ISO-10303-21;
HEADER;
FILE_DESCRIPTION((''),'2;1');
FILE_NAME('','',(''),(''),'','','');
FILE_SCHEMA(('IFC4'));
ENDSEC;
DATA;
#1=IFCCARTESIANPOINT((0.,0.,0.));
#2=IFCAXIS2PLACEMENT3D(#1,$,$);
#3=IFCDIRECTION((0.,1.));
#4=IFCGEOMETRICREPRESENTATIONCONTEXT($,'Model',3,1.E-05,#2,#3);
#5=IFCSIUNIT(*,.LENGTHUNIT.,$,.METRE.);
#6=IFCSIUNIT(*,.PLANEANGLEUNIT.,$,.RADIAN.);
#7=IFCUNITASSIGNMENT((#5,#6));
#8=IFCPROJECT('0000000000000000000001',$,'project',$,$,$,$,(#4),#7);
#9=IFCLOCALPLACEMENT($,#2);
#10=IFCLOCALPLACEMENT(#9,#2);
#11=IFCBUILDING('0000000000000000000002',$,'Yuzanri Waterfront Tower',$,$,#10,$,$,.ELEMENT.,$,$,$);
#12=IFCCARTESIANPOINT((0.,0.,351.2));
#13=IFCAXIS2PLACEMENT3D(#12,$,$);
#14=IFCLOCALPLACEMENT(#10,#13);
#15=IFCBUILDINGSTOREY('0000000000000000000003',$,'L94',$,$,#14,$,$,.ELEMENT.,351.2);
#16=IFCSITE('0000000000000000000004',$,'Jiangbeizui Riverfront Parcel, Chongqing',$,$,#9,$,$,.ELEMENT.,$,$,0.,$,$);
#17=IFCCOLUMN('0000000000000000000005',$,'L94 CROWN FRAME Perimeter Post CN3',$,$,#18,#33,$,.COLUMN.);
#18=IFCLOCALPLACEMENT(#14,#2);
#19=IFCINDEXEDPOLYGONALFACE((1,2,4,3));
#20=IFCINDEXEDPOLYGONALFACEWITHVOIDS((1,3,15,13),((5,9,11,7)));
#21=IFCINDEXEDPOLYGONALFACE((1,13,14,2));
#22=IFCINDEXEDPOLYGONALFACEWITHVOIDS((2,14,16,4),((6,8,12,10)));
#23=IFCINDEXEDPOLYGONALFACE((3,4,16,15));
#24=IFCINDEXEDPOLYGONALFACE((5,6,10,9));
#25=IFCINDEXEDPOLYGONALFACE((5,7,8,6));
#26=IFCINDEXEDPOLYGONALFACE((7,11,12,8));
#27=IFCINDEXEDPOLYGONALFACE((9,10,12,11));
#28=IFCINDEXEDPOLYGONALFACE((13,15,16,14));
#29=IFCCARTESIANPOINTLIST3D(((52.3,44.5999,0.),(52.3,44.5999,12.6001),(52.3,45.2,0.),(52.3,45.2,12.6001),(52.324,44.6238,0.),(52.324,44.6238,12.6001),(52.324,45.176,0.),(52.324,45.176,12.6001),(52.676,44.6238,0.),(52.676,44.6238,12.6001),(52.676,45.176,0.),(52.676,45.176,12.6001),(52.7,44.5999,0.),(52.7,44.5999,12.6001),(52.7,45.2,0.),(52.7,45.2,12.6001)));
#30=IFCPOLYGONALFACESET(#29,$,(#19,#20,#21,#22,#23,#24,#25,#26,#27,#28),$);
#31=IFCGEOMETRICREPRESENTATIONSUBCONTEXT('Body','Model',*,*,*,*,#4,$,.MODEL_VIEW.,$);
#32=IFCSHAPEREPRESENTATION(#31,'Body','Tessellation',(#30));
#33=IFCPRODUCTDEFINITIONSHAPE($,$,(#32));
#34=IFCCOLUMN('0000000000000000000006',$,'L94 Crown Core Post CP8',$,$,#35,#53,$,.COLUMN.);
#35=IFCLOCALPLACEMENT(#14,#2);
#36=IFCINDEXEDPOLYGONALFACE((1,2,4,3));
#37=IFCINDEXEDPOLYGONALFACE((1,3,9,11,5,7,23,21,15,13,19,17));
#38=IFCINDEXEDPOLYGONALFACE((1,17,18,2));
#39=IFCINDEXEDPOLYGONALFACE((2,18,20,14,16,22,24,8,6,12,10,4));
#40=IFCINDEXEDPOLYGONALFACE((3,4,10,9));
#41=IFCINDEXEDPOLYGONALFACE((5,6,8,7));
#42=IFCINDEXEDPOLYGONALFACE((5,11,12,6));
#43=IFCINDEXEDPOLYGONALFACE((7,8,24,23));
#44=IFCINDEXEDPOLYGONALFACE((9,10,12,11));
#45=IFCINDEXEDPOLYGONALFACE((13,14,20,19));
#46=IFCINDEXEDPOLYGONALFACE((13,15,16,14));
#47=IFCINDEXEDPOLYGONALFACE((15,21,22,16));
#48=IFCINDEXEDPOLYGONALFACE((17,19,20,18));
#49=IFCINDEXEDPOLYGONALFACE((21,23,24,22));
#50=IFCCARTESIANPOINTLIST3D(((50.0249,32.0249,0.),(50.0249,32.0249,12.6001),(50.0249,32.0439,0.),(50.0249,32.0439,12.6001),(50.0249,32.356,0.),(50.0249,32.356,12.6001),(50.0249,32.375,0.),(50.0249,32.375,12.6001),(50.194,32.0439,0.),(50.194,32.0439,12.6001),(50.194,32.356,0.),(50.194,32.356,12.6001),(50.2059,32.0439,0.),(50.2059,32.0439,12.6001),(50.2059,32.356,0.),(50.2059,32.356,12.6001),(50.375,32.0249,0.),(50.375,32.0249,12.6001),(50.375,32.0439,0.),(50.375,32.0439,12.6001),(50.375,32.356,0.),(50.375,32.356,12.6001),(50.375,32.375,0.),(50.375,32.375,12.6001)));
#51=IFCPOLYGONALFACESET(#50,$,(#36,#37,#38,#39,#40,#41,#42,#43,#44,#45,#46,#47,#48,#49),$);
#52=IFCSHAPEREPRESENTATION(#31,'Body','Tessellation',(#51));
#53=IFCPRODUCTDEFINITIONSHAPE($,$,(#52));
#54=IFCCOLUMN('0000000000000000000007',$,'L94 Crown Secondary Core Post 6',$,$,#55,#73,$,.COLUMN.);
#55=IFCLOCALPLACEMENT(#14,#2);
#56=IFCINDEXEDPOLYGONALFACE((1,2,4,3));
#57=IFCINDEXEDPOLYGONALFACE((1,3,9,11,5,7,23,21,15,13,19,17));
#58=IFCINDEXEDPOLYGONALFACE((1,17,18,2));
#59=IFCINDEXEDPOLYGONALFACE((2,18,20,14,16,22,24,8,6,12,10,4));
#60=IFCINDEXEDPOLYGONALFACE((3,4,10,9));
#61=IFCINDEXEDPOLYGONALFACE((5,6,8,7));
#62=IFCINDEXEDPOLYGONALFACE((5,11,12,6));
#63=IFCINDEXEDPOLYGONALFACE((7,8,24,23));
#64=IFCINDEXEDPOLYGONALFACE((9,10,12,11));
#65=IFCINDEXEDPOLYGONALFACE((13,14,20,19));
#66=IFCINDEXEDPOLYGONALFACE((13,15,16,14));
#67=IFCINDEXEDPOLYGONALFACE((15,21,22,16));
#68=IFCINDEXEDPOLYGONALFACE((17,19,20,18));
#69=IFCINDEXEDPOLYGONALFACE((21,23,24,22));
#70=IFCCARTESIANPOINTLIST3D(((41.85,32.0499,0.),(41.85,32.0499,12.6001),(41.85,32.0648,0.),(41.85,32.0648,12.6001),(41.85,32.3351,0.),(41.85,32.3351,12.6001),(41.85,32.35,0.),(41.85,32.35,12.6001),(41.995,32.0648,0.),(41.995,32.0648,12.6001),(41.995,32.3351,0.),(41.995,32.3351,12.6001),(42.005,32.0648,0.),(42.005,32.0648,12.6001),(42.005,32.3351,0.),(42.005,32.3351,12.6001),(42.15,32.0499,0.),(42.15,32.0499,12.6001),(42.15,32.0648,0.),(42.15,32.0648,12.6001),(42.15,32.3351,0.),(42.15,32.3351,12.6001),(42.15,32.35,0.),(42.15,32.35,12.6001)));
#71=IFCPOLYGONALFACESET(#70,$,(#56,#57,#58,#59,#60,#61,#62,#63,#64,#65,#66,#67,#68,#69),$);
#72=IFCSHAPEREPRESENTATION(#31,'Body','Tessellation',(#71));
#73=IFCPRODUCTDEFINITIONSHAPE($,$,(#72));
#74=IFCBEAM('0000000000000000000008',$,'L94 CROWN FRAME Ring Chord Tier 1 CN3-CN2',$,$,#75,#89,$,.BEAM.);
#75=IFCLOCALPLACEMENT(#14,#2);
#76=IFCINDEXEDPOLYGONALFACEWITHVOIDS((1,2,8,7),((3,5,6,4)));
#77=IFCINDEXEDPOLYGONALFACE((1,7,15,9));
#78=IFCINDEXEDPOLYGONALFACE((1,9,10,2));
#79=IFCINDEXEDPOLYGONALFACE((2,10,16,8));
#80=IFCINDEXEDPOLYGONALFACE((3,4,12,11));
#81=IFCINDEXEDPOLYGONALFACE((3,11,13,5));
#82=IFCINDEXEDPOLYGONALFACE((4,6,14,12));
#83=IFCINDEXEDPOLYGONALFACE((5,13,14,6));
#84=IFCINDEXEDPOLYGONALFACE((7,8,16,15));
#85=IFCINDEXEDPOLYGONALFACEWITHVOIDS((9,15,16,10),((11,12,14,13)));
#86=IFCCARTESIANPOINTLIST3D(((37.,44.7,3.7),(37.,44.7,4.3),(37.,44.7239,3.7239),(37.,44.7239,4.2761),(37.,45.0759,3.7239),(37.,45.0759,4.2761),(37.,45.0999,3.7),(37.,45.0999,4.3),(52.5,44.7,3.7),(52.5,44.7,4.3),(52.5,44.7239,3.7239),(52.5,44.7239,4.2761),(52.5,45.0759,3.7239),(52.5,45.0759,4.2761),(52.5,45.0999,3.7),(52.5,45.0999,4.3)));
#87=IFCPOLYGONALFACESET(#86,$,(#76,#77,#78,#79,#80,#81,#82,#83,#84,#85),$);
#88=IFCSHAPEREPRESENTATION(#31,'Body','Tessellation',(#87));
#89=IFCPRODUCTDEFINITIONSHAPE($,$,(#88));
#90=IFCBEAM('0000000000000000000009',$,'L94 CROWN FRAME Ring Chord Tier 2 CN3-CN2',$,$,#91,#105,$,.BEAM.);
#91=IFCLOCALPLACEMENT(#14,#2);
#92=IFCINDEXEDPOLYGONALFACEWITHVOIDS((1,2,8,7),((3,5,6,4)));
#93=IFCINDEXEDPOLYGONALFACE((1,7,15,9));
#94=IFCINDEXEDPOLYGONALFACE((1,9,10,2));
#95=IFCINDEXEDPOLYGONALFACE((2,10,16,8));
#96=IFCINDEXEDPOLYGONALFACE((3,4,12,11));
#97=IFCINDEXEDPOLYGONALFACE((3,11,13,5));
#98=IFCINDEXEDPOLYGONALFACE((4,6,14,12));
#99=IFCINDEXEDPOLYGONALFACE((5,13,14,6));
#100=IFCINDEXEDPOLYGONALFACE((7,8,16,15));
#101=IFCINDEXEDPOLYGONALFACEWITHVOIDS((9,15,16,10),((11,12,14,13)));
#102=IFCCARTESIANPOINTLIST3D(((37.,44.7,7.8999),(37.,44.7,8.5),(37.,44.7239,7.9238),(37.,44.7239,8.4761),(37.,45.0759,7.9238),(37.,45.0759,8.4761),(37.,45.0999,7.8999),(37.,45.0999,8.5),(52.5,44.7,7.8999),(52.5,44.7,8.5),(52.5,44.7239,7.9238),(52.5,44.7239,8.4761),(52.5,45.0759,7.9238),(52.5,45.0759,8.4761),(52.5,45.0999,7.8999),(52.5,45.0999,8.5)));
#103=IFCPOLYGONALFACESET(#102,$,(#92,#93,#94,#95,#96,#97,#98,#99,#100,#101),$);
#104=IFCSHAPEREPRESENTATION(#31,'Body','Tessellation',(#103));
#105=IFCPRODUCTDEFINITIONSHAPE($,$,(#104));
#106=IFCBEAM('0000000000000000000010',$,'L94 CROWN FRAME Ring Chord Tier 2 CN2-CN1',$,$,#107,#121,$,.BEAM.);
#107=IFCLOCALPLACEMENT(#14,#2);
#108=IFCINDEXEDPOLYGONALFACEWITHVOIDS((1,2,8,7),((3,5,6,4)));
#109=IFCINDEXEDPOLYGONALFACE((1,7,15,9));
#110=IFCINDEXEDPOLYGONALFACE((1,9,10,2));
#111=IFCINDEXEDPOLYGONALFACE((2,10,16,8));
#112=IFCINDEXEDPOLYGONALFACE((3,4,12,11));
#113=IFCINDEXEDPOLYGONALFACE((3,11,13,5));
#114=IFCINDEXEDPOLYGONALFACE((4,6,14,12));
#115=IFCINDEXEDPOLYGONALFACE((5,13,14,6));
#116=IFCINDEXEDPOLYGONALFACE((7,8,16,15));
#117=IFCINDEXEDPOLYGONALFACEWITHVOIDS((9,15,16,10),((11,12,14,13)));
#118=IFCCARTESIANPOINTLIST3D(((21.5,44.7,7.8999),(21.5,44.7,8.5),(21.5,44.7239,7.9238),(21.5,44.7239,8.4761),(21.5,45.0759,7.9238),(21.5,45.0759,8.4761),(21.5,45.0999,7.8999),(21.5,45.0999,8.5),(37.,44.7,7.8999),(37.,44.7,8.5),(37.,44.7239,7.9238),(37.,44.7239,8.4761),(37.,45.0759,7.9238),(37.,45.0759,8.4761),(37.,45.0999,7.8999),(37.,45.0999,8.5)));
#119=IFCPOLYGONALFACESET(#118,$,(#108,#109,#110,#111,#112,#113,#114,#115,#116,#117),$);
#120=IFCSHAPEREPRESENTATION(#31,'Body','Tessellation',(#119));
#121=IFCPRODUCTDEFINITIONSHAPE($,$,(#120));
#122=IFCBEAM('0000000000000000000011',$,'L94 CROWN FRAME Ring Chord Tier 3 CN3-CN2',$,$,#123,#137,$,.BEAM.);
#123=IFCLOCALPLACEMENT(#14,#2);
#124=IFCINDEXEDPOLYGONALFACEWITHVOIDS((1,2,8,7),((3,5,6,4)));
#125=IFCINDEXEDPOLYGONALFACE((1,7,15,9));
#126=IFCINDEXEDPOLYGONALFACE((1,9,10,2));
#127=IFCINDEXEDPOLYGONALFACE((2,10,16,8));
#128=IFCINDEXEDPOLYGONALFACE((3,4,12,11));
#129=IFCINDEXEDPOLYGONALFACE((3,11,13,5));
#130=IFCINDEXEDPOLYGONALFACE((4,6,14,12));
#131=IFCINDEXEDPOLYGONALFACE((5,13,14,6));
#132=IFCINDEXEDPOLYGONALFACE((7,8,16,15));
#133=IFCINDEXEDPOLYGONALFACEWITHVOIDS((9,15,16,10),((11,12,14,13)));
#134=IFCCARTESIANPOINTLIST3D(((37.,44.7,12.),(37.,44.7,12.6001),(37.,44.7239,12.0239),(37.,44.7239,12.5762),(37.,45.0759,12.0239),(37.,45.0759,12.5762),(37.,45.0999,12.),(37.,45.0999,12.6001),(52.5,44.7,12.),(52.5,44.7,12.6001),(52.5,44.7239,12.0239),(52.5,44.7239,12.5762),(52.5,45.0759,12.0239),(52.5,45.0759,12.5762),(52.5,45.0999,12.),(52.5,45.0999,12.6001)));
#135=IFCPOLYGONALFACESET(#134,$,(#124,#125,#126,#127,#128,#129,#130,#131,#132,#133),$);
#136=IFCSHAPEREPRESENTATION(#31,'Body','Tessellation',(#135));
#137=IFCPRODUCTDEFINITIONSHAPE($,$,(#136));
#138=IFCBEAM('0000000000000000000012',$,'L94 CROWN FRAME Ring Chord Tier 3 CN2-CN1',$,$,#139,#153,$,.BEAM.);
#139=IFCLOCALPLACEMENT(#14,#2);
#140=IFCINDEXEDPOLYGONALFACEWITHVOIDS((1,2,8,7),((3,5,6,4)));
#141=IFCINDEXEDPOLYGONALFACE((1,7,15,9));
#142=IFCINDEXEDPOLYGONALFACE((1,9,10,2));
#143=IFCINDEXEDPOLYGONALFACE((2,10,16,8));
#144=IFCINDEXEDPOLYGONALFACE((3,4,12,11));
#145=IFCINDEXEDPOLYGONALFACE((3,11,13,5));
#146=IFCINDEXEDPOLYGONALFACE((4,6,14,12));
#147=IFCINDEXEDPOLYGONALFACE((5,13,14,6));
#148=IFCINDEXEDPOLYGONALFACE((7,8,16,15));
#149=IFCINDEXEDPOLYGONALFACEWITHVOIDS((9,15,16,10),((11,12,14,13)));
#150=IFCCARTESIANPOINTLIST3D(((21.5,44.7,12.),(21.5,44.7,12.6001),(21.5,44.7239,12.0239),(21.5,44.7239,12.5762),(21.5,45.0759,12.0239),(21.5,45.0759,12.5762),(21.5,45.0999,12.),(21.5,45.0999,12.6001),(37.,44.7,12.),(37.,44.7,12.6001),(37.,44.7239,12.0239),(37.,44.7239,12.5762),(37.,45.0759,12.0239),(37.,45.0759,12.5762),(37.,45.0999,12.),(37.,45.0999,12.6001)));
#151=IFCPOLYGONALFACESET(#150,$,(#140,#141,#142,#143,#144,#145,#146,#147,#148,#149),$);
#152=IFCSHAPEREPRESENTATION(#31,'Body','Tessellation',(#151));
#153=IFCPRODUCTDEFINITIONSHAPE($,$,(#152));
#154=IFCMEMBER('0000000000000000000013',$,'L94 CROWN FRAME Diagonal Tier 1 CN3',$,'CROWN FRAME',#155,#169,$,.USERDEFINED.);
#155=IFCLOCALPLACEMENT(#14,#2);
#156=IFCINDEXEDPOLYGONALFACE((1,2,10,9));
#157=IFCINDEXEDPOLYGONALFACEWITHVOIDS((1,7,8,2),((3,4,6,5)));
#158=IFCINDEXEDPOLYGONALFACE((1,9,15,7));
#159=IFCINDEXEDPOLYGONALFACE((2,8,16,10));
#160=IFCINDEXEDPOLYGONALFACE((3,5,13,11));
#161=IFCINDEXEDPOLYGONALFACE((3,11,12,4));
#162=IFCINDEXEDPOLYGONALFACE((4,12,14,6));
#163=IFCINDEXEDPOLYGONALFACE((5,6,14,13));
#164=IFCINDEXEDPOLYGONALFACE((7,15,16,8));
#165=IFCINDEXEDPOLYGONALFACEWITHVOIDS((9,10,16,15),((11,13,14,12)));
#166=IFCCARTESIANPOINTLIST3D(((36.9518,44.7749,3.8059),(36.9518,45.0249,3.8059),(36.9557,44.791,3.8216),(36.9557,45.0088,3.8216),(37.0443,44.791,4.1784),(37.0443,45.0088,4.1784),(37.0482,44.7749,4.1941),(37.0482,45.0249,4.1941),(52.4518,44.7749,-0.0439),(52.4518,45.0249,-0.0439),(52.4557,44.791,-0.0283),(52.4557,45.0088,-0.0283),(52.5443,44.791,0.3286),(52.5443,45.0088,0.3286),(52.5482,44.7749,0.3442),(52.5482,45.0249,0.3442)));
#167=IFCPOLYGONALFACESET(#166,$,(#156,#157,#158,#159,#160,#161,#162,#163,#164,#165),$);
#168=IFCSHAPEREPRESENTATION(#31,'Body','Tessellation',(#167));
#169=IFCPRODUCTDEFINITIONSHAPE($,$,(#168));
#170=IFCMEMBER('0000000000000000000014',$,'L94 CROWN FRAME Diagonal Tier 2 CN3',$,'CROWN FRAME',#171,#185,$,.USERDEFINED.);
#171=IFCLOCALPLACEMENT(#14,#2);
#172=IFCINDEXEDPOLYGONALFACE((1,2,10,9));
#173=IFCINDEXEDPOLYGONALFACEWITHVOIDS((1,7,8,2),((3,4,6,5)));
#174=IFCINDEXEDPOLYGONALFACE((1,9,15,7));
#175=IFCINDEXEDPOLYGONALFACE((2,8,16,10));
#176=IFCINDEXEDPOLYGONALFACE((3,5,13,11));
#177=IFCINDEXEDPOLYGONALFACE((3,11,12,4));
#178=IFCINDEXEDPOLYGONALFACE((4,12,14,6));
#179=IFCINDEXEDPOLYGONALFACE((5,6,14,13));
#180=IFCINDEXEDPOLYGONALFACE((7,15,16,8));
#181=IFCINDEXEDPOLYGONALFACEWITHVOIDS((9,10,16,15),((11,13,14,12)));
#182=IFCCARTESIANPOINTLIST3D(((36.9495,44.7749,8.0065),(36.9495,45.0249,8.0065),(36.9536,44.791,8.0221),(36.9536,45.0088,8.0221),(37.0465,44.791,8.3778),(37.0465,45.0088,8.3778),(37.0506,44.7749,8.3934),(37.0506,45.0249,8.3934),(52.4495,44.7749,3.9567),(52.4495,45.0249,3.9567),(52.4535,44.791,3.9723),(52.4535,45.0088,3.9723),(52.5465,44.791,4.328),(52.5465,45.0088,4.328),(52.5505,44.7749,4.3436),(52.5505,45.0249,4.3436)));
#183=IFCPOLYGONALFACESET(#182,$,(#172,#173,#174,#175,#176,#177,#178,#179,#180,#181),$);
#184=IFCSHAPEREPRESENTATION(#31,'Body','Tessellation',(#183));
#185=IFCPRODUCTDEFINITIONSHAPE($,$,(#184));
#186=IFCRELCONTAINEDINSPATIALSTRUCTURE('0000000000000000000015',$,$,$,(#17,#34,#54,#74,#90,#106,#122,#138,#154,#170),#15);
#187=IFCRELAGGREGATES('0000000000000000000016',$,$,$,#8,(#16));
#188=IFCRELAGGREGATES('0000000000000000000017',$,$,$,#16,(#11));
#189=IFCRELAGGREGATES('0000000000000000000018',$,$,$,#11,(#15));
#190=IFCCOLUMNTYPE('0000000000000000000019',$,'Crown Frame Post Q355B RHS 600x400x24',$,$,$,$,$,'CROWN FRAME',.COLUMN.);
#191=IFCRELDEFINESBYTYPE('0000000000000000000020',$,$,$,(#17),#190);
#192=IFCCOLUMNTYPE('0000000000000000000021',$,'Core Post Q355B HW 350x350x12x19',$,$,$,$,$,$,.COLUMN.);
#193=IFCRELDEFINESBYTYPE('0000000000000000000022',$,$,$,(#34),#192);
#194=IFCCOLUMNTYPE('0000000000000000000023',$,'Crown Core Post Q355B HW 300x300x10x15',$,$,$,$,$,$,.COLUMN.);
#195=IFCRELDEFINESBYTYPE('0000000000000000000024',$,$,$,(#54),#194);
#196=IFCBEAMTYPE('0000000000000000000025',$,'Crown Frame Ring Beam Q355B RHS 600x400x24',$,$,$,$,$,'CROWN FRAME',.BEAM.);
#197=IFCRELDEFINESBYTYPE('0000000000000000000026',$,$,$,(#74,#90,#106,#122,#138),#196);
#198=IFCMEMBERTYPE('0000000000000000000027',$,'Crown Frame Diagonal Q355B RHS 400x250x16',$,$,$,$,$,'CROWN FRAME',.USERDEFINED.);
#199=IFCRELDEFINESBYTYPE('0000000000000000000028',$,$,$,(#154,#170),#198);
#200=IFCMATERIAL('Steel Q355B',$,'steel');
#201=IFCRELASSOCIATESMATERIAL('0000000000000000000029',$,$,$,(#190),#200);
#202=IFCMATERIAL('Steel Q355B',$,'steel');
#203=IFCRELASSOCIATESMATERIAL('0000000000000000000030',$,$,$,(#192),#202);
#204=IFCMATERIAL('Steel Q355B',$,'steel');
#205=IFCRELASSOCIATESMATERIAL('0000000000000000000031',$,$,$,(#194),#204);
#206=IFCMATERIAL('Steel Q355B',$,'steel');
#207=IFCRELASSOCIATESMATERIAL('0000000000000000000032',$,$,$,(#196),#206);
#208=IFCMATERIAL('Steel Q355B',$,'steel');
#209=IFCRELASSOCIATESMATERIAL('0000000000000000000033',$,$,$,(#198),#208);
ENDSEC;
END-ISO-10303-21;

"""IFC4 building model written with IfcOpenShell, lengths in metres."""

from ifc_helpers import new_model, si_unit, direction, frame, origin, origin_2d, place, context, subcontext, project, spatial, hollow_rectangle, i_section, extrude, source, transform, mapped, material, material_profile, profile_set, type_object, element, save


model = new_model("IFC4")

# Units and contexts
model_context = context("Model", 3, precision=1e-05, world=origin(), true_north=direction((0.0, 1.0)))
body_context = subcontext(model_context, "Body", "Model", "MODEL_VIEW")
ifc_project = project(units=[si_unit("LENGTHUNIT", "METRE"), si_unit("PLANEANGLEUNIT", "RADIAN")], contexts=[model_context])

# Site, building, storey
site_placement = place(None, origin())
site = spatial("IfcSite", under=ifc_project, at=site_placement, Name="Jiangbeizui Riverfront Parcel, Chongqing", CompositionType="ELEMENT", RefElevation=0.0)
building_placement = place(site_placement, origin())
building = spatial("IfcBuilding", under=site, at=building_placement, Name="Yuzanri Waterfront Tower", CompositionType="ELEMENT")
storey_placement = place(building_placement, frame((0.0, 0.0, 351.2)))
storey = spatial("IfcBuildingStorey", under=building, at=storey_placement, Name="L94", CompositionType="ELEMENT", Elevation=351.2)

# Columns
ifc_material_1 = material(Name="Steel Q355B", Category="steel")
ifc_material_profile_1 = material_profile(ifc_material_1, hollow_rectangle(XDim=0.3999, YDim=0.6001, WallThickness=0.0239, at=origin_2d()), Name="RHS 600x400x24")
ifc_profile_set_1 = profile_set([ifc_material_profile_1], Name="Steel Q355B")
column_type_1 = type_object("IfcColumnType", Name="Crown Frame Post Q355B RHS 600x400x24", ElementType="CROWN FRAME", PredefinedType="COLUMN", material=ifc_profile_set_1)
shared_shape_1 = source(origin(), body_context, "Body", "SweptSolid", [
    extrude(hollow_rectangle(XDim=0.3999, YDim=0.6001, WallThickness=0.0239, at=origin_2d()), origin(), (0.0, 0.0, 1.0), 12.6001),
])
column_1_placement = place(storey_placement, frame((52.5, 44.8999, 0.0), z_axis=(0.0, 0.0, 1.0), x_axis=(1.0, 0.0, 0.0)))
element("IfcColumn", 1, at=column_1_placement, inside=storey, type_object=column_type_1, Name="L94 CROWN FRAME Perimeter Post CN3", PredefinedType="COLUMN", context=body_context, shape_type="MappedRepresentation", body=[
    mapped(shared_shape_1, transform((0.0, 0.0, 0.0), scale=1.0)),
])
ifc_material_2 = material(Name="Steel Q355B", Category="steel")
ifc_material_profile_2 = material_profile(ifc_material_2, i_section(OverallWidth=0.3501, OverallDepth=0.3501, WebThickness=0.012, FlangeThickness=0.019, at=origin_2d()), Name="HW 350x350x12x19")
ifc_profile_set_2 = profile_set([ifc_material_profile_2], Name="Steel Q355B")
column_type_2 = type_object("IfcColumnType", Name="Core Post Q355B HW 350x350x12x19", PredefinedType="COLUMN", material=ifc_profile_set_2)
shared_shape_2 = source(origin(), body_context, "Body", "SweptSolid", [
    extrude(i_section(OverallWidth=0.3501, OverallDepth=0.3501, WebThickness=0.012, FlangeThickness=0.019, at=origin_2d()), origin(), (0.0, 0.0, 1.0), 12.6001),
])
column_2_placement = place(storey_placement, frame((50.2, 32.2, 0.0), z_axis=(0.0, 0.0, 1.0), x_axis=(1.0, 0.0, 0.0)))
element("IfcColumn", 2, at=column_2_placement, inside=storey, type_object=column_type_2, Name="L94 Crown Core Post CP8", PredefinedType="COLUMN", context=body_context, shape_type="MappedRepresentation", body=[
    mapped(shared_shape_2, transform((0.0, 0.0, 0.0), scale=1.0)),
])
ifc_material_3 = material(Name="Steel Q355B", Category="steel")
ifc_material_profile_3 = material_profile(ifc_material_3, i_section(OverallWidth=0.3, OverallDepth=0.3, WebThickness=0.01, FlangeThickness=0.0149, at=origin_2d()), Name="HW 300x300x10x15")
ifc_profile_set_3 = profile_set([ifc_material_profile_3], Name="Steel Q355B")
column_type_3 = type_object("IfcColumnType", Name="Crown Core Post Q355B HW 300x300x10x15", PredefinedType="COLUMN", material=ifc_profile_set_3)
shared_shape_3 = source(origin(), body_context, "Body", "SweptSolid", [
    extrude(i_section(OverallWidth=0.3, OverallDepth=0.3, WebThickness=0.01, FlangeThickness=0.0149, at=origin_2d()), origin(), (0.0, 0.0, 1.0), 12.6001),
])
column_3_placement = place(storey_placement, frame((42.0, 32.2, 0.0), z_axis=(0.0, 0.0, 1.0), x_axis=(1.0, 0.0, 0.0)))
element("IfcColumn", 3, at=column_3_placement, inside=storey, type_object=column_type_3, Name="L94 Crown Secondary Core Post 6", PredefinedType="COLUMN", context=body_context, shape_type="MappedRepresentation", body=[
    mapped(shared_shape_3, transform((0.0, 0.0, 0.0), scale=1.0)),
])

# Beams
ifc_material_4 = material(Name="Steel Q355B", Category="steel")
ifc_material_profile_4 = material_profile(ifc_material_4, hollow_rectangle(XDim=0.3999, YDim=0.6001, WallThickness=0.0239, at=origin_2d()), Name="RHS 600x400x24")
ifc_profile_set_4 = profile_set([ifc_material_profile_4], Name="Steel Q355B")
beam_type = type_object("IfcBeamType", Name="Crown Frame Ring Beam Q355B RHS 600x400x24", ElementType="CROWN FRAME", PredefinedType="BEAM", material=ifc_profile_set_4)
shared_shape_4 = source(origin(), body_context, "Body", "SweptSolid", [
    extrude(hollow_rectangle(XDim=0.3999, YDim=0.6001, WallThickness=0.0239, at=origin_2d()), origin(), (0.0, 0.0, 1.0), 15.5),
])
for number, where, z_axis, x_axis, name in (
    (4, (52.5, 44.8999, 4.0), (-1.0, 0.0, 0.0), (0.0, -1.0, 0.0), "L94 CROWN FRAME Ring Chord Tier 1 CN3-CN2"),
    (5, (52.5, 44.8999, 8.2), (-1.0, 0.0, 0.0), (0.0, -1.0, 0.0), "L94 CROWN FRAME Ring Chord Tier 2 CN3-CN2"),
    (6, (37.0, 44.8999, 8.2), (-1.0, 0.0, 0.0), (0.0, -1.0, 0.0), "L94 CROWN FRAME Ring Chord Tier 2 CN2-CN1"),
    (7, (52.5, 44.8999, 12.3), (-1.0, 0.0, 0.0), (0.0, -1.0, 0.0), "L94 CROWN FRAME Ring Chord Tier 3 CN3-CN2"),
    (8, (37.0, 44.8999, 12.3), (-1.0, 0.0, 0.0), (0.0, -1.0, 0.0), "L94 CROWN FRAME Ring Chord Tier 3 CN2-CN1"),
):
    element("IfcBeam", number, at=place(storey_placement, frame(where, z_axis=z_axis, x_axis=x_axis)), inside=storey, type_object=beam_type, Name=name, PredefinedType="BEAM", context=body_context, shape_type="MappedRepresentation", body=[
        mapped(shared_shape_4, transform((0.0, 0.0, 0.0), scale=1.0)),
    ])

# Members
ifc_material_5 = material(Name="Steel Q355B", Category="steel")
ifc_material_profile_5 = material_profile(ifc_material_5, hollow_rectangle(XDim=0.25, YDim=0.3999, WallThickness=0.0161, at=origin_2d()), Name="RHS 400x250x16")
ifc_profile_set_5 = profile_set([ifc_material_profile_5], Name="Steel Q355B")
member_type_1 = type_object("IfcMemberType", Name="Crown Frame Diagonal Q355B RHS 400x250x16", ElementType="CROWN FRAME", PredefinedType="USERDEFINED", material=ifc_profile_set_5)
shared_shape_5 = source(origin(), body_context, "Body", "SweptSolid", [
    extrude(hollow_rectangle(XDim=0.25, YDim=0.3999, WallThickness=0.0161, at=origin_2d()), origin(), (0.0, 0.0, 1.0), 15.9709),
])
member_1_placement = place(storey_placement, frame((52.5, 44.8999, 0.1501), z_axis=(-0.970512, 0.0, 0.241053), x_axis=(0.0, -1.0, 0.0)))
element("IfcMember", 9, at=member_1_placement, inside=storey, type_object=member_type_1, Name="L94 CROWN FRAME Diagonal Tier 1 CN3", ObjectType="CROWN FRAME", PredefinedType="USERDEFINED", context=body_context, shape_type="MappedRepresentation", body=[
    mapped(shared_shape_5, transform((0.0, 0.0, 0.0), scale=1.0)),
])
shared_shape_6 = source(origin(), body_context, "Body", "SweptSolid", [
    extrude(hollow_rectangle(XDim=0.25, YDim=0.3999, WallThickness=0.0161, at=origin_2d()), origin(), (0.0, 0.0, 1.0), 16.0203),
])
member_2_placement = place(storey_placement, frame((52.5, 44.8999, 4.1501), z_axis=(-0.967521, 0.0, 0.252792), x_axis=(0.0, -1.0, 0.0)))
element("IfcMember", 10, at=member_2_placement, inside=storey, type_object=member_type_1, Name="L94 CROWN FRAME Diagonal Tier 2 CN3", ObjectType="CROWN FRAME", PredefinedType="USERDEFINED", context=body_context, shape_type="MappedRepresentation", body=[
    mapped(shared_shape_6, transform((0.0, 0.0, 0.0), scale=1.0)),
])

save(model, "model.ifc")
